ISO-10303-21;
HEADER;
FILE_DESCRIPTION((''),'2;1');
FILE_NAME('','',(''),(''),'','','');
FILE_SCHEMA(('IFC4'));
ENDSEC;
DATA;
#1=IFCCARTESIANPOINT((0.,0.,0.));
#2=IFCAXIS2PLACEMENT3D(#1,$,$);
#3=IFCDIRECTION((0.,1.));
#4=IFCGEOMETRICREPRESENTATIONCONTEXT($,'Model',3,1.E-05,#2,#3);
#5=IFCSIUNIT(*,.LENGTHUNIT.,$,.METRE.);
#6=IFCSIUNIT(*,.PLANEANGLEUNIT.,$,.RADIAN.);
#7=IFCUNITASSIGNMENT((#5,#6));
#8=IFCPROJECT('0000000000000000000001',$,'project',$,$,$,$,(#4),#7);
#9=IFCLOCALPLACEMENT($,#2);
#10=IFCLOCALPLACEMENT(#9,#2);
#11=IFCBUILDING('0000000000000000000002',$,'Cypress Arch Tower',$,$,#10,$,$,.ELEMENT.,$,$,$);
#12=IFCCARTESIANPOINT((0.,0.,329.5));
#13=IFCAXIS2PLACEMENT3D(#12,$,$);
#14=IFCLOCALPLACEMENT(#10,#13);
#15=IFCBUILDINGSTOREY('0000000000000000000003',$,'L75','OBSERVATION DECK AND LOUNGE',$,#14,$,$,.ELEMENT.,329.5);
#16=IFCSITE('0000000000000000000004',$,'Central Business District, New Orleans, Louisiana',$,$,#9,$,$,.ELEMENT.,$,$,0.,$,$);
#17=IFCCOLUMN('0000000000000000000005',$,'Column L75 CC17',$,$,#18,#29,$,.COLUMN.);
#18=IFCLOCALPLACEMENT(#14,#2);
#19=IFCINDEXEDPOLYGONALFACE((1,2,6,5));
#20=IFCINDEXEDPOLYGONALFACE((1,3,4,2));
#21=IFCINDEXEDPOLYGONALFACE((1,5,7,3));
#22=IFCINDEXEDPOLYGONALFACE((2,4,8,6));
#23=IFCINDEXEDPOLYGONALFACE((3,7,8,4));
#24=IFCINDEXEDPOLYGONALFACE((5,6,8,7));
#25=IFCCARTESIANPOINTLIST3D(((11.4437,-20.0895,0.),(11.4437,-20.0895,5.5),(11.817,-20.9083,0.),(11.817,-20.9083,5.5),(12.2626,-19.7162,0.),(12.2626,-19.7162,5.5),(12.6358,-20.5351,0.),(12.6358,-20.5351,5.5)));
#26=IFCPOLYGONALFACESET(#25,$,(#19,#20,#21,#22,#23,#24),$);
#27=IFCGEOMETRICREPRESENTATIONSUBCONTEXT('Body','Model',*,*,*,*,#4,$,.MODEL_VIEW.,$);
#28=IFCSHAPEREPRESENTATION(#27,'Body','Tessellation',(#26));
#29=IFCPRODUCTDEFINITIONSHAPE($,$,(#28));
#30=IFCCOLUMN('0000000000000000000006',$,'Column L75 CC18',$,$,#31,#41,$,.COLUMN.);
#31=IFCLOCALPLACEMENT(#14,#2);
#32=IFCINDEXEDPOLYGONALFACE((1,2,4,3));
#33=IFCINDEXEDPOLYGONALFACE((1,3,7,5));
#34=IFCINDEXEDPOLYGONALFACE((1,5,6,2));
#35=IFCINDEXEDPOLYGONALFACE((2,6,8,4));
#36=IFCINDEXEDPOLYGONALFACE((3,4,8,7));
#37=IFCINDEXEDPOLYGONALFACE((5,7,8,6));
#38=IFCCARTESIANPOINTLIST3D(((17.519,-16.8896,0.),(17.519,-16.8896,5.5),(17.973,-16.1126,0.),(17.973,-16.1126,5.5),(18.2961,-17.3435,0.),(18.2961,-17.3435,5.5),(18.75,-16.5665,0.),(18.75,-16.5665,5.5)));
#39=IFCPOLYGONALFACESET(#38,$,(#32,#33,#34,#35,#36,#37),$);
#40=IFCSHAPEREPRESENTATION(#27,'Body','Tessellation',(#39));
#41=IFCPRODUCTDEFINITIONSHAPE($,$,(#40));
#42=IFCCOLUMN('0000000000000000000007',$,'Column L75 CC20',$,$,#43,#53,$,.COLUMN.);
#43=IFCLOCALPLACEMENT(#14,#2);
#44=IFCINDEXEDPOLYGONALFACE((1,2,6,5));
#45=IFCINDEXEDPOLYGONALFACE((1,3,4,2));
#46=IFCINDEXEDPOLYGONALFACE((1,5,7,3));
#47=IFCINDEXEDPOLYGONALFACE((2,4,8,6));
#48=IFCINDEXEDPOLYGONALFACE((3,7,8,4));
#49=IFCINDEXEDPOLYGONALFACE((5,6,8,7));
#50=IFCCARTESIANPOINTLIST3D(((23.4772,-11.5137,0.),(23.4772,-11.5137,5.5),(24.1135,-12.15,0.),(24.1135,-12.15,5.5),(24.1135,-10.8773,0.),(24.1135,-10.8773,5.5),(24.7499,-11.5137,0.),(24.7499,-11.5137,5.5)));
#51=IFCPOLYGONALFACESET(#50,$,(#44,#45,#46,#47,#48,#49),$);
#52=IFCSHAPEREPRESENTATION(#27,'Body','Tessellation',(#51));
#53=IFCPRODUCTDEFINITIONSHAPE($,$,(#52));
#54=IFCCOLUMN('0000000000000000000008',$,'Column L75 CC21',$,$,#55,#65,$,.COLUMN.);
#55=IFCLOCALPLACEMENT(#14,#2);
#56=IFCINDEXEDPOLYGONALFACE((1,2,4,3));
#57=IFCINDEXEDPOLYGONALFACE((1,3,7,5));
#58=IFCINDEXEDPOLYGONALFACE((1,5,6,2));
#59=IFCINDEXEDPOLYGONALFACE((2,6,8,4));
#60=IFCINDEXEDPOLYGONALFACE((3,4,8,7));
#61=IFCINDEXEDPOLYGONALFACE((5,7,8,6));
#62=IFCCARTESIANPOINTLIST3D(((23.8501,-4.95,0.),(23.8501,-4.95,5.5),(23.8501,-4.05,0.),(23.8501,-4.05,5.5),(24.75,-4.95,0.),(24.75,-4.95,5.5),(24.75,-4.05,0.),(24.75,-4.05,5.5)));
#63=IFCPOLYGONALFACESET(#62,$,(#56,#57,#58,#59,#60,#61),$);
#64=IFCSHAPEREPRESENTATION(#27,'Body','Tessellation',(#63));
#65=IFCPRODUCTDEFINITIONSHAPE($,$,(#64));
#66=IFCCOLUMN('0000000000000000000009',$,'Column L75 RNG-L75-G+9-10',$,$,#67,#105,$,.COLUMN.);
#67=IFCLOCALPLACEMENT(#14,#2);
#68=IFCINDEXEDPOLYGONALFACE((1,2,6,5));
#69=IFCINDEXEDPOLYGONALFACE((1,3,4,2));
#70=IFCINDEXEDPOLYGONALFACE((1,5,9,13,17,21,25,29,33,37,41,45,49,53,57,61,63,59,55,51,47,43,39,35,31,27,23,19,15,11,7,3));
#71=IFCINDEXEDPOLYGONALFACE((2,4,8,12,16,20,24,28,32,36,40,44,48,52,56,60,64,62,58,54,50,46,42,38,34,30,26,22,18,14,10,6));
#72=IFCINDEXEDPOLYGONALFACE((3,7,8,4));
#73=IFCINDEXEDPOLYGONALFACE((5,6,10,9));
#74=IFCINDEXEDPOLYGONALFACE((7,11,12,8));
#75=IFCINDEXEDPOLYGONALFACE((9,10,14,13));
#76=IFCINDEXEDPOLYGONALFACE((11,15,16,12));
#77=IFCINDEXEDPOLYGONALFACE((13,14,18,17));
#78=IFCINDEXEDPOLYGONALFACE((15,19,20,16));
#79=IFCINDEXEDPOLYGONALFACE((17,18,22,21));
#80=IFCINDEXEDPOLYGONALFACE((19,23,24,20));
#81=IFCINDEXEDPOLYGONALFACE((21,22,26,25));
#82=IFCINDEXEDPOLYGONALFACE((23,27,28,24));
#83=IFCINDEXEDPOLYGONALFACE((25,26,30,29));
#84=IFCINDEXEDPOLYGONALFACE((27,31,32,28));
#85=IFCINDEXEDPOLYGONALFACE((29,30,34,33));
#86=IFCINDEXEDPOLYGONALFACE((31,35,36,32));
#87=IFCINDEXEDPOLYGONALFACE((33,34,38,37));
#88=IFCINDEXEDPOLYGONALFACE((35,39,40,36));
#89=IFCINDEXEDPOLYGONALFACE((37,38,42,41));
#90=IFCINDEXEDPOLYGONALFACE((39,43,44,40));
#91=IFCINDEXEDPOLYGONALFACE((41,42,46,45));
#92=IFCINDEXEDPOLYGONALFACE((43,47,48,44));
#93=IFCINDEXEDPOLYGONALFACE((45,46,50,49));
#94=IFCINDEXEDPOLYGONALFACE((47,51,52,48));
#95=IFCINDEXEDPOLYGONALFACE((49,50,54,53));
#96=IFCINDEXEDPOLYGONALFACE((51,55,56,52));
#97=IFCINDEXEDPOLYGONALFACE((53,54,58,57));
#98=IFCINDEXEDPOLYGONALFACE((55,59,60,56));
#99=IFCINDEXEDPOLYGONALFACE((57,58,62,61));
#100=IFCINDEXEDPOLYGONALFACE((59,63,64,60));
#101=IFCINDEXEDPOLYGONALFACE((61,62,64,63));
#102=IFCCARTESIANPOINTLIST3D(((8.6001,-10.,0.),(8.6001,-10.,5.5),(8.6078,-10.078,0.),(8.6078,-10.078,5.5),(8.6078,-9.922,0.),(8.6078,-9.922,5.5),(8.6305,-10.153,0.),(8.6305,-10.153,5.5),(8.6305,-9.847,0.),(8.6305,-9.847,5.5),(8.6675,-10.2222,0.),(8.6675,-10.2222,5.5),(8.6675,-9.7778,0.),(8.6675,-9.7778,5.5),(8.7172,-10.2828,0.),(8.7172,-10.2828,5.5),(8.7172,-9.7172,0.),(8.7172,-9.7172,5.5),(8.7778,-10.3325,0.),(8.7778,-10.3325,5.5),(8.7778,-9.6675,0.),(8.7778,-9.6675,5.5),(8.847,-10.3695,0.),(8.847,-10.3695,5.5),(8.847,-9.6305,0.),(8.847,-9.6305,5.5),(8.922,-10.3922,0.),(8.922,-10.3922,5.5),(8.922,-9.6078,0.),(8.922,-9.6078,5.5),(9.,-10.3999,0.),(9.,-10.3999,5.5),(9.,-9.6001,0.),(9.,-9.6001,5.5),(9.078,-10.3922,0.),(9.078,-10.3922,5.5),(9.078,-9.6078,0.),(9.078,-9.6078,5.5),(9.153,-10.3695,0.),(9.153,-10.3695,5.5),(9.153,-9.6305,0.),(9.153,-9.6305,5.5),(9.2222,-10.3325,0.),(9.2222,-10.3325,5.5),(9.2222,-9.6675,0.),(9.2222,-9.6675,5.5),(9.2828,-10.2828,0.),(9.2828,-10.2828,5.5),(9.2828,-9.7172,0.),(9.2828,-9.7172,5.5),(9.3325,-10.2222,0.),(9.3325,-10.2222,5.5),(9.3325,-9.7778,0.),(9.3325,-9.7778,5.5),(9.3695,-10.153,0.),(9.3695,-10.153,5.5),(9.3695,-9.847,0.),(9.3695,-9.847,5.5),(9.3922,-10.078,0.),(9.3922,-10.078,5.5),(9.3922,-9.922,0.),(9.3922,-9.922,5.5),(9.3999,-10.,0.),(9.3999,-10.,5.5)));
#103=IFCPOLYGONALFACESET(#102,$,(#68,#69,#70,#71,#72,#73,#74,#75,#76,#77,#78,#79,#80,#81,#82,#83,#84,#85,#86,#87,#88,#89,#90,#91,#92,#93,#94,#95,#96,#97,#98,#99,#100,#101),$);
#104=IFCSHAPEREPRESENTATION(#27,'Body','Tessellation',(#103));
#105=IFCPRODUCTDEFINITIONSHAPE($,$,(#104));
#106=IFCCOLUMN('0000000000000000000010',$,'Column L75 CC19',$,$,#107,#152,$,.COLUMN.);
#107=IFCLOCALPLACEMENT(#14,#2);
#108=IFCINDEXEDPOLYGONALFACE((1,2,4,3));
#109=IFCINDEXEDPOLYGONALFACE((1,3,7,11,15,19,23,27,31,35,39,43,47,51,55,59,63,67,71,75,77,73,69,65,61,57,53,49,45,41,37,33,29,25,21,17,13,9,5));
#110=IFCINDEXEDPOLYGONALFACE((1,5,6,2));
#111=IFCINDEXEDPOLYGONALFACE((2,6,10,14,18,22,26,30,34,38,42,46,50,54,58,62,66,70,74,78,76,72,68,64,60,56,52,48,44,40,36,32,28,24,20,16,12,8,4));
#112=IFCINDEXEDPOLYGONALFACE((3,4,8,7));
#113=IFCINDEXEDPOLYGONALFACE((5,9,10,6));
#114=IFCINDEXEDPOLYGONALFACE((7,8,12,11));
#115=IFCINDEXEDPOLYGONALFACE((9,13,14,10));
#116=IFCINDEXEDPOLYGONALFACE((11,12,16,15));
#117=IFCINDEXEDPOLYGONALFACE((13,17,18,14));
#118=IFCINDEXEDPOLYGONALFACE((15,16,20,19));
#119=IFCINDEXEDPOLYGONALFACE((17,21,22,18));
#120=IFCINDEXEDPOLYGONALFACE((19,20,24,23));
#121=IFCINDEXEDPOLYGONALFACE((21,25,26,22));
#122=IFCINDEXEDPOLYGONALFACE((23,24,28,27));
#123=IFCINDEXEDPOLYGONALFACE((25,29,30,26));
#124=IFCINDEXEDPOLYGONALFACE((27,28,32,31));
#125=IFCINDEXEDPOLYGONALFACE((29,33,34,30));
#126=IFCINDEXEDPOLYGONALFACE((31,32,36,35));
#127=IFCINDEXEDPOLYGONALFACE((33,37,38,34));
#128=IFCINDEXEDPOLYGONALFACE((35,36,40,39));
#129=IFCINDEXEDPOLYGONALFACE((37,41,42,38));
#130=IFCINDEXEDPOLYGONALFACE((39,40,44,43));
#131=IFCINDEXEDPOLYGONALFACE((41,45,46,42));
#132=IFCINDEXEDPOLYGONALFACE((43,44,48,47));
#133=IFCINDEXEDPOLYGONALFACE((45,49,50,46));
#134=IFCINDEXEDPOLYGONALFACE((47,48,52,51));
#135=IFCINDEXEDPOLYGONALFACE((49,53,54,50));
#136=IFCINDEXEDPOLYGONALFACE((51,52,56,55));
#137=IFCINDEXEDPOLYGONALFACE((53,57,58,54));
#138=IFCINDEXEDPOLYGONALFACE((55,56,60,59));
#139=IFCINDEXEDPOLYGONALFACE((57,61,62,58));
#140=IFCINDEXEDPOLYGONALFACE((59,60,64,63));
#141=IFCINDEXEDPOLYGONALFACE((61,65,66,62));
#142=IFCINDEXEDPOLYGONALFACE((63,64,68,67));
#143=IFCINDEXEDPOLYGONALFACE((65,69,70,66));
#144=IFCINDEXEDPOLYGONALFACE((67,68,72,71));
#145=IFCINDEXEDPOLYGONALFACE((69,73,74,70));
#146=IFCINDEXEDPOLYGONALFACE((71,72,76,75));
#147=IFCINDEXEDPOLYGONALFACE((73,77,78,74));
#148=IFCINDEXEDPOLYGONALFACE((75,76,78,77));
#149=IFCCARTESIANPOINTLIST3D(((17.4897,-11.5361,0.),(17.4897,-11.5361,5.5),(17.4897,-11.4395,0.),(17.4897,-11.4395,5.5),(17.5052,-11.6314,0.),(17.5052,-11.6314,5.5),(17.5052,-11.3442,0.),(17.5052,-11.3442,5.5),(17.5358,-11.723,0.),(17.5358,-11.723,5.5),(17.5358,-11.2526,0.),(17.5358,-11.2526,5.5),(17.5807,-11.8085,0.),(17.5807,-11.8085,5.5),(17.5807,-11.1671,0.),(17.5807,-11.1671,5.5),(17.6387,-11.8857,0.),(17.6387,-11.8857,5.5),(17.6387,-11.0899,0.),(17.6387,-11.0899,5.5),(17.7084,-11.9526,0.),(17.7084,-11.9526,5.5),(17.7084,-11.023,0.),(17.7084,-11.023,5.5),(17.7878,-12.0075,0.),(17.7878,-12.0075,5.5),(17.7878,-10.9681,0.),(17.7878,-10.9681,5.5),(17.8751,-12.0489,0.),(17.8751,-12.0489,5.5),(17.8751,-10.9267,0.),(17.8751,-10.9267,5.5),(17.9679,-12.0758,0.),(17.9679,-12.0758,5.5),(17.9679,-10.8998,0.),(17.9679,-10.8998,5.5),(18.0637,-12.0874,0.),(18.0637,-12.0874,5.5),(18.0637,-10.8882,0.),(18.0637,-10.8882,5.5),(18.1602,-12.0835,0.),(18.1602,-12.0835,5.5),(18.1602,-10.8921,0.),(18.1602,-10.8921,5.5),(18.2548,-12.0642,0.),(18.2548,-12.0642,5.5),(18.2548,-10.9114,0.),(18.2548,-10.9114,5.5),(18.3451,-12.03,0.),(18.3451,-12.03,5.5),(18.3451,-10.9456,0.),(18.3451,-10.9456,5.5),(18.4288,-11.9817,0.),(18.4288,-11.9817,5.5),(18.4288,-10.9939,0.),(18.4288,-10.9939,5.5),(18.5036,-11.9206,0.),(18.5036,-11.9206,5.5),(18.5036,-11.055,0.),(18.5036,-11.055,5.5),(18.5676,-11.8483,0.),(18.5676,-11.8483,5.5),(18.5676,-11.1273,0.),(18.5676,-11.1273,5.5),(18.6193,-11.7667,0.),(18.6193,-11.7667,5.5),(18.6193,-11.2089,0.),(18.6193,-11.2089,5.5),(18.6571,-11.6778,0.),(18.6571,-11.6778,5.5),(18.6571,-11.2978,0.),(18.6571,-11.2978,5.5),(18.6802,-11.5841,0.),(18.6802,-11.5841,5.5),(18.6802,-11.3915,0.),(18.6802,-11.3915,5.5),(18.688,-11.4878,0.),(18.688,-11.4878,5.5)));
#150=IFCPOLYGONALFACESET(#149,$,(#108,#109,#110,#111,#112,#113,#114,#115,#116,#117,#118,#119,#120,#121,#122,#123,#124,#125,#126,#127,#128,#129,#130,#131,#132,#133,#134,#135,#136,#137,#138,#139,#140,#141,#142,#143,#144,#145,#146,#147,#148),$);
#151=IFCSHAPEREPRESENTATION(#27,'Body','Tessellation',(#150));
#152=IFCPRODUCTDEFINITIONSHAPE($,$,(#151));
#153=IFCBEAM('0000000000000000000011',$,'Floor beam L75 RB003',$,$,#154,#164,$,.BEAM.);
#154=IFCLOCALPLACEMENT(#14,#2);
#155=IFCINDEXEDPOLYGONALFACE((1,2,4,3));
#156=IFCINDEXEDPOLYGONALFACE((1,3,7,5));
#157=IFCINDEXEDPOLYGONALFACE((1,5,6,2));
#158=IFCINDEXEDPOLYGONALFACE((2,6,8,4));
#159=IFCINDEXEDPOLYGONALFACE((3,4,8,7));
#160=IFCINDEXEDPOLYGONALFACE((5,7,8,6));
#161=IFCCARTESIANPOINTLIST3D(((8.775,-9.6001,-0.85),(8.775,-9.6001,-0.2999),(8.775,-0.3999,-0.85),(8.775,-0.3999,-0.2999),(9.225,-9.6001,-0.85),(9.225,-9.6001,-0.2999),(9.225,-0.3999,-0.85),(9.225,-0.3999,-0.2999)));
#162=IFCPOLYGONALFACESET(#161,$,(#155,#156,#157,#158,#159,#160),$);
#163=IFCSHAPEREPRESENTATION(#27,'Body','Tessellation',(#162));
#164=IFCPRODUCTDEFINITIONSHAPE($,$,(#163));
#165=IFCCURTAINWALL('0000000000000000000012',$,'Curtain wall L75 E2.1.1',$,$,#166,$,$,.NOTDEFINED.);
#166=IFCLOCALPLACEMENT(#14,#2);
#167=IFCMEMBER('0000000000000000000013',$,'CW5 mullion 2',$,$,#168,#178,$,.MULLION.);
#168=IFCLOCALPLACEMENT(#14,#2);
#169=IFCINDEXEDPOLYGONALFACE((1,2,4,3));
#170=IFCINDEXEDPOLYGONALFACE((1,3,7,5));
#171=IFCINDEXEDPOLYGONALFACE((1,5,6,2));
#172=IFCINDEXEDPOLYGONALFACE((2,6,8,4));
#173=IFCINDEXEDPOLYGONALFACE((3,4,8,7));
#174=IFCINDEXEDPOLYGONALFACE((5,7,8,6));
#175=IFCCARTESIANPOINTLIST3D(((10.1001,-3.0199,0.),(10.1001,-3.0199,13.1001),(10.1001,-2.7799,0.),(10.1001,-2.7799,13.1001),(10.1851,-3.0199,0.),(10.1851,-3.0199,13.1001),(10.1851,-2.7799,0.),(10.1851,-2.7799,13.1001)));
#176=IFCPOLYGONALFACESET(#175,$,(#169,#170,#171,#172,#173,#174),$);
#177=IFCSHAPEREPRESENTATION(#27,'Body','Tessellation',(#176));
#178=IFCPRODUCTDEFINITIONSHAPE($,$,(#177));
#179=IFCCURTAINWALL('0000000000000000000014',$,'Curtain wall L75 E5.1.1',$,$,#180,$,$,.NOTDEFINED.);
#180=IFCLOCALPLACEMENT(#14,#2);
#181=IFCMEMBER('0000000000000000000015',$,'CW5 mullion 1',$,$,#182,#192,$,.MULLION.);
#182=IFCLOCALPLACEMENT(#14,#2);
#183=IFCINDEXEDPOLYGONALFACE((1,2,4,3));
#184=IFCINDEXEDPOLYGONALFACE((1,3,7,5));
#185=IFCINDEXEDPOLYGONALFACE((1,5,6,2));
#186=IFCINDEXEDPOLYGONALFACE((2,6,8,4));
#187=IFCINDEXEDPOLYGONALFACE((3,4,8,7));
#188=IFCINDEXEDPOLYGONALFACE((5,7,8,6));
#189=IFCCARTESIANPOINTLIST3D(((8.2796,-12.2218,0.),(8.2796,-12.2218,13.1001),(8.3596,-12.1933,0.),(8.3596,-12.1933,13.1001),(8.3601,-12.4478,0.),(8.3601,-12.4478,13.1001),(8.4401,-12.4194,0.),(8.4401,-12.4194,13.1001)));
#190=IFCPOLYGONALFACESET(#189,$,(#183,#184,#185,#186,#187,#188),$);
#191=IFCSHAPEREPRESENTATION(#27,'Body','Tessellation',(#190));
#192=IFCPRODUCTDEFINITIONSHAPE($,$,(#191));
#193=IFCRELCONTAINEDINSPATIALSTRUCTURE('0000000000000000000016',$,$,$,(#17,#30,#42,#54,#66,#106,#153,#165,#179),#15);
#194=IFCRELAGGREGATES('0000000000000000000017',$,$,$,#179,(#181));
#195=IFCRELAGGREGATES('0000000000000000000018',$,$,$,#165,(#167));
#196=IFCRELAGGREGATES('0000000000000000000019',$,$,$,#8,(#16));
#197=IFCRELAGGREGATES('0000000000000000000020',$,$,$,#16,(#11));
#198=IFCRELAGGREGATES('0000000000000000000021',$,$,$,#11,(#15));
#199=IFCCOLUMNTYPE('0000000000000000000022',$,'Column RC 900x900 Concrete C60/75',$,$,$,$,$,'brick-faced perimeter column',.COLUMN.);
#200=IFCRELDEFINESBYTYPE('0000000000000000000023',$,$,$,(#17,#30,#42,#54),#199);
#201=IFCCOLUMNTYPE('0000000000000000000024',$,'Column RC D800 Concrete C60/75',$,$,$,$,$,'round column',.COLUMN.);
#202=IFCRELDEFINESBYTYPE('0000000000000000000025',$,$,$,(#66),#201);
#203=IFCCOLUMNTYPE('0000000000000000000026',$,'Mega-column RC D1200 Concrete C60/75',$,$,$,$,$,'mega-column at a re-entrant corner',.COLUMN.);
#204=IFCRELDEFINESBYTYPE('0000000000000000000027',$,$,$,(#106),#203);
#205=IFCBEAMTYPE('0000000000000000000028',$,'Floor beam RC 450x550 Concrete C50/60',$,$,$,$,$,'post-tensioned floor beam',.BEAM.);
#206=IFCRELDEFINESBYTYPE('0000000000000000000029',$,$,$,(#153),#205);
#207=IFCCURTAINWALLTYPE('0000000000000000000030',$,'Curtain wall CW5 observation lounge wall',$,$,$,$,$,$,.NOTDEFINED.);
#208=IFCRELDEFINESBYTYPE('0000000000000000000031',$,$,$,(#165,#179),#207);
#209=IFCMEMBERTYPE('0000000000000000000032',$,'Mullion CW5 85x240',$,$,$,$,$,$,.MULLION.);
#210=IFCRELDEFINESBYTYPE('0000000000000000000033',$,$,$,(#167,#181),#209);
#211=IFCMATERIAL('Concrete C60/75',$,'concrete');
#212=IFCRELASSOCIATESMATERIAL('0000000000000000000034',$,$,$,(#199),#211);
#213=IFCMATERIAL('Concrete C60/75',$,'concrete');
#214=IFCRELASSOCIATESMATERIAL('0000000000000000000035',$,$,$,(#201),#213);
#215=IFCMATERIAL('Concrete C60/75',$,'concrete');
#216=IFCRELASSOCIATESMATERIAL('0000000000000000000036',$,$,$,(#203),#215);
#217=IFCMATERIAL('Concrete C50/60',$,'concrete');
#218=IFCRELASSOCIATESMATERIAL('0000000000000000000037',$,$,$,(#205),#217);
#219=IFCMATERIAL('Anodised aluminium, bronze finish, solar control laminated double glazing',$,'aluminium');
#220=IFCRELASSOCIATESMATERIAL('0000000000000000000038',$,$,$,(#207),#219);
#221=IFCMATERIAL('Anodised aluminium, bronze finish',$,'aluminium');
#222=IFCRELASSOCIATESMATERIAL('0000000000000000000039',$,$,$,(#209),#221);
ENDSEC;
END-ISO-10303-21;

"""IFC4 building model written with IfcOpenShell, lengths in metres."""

from ifc_helpers import new_model, si_unit, direction, frame, origin, origin_2d, place, context, subcontext, project, spatial, rectangle, circle, extrude, material, material_profile, profile_set, type_object, element, aggregate, save


model = new_model("IFC4")

# Units and contexts
model_context = context("Model", 3, precision=1e-05, world=origin(), true_north=direction((0.0, 1.0)))
body_context = subcontext(model_context, "Body", "Model", "MODEL_VIEW")
ifc_project = project(units=[si_unit("LENGTHUNIT", "METRE"), si_unit("PLANEANGLEUNIT", "RADIAN")], contexts=[model_context])

# Site, building, storey
site_placement = place(None, origin())
site = spatial("IfcSite", under=ifc_project, at=site_placement, Name="Central Business District, New Orleans, Louisiana", CompositionType="ELEMENT", RefElevation=0.0)
building_placement = place(site_placement, origin())
building = spatial("IfcBuilding", under=site, at=building_placement, Name="Cypress Arch Tower", CompositionType="ELEMENT")
storey_placement = place(building_placement, frame((0.0, 0.0, 329.5)))
storey = spatial("IfcBuildingStorey", under=building, at=storey_placement, Name="L75", Description="OBSERVATION DECK AND LOUNGE", CompositionType="ELEMENT", Elevation=329.5)

# Columns
ifc_material_1 = material(Name="Concrete C60/75", Category="concrete")
ifc_material_profile_1 = material_profile(ifc_material_1, rectangle(XDim=0.8999, YDim=0.8999, at=origin_2d()), Name="RC 900x900")
ifc_profile_set_1 = profile_set([ifc_material_profile_1], Name="Concrete C60/75")
column_type_1 = type_object("IfcColumnType", Name="Column RC 900x900 Concrete C60/75", ElementType="brick-faced perimeter column", PredefinedType="COLUMN", material=ifc_profile_set_1)
for number, where, z_axis, x_axis, name in (
    (1, (12.0398, -20.3123, 0.0), (0.0, 0.0, 1.0), (0.909932, 0.414757, 0.0), "Column L75 CC17"),
    (2, (18.1345, -16.728, 0.0), (0.0, 0.0, 1.0), (0.504399, 0.863471, 0.0), "Column L75 CC18"),
    (3, (24.1135, -11.5137, 0.0), (0.0, 0.0, 1.0), (0.707107, 0.707107, 0.0), "Column L75 CC20"),
    (4, (24.3, -4.5, 0.0), (0.0, 0.0, 1.0), (0.0, 1.0, 0.0), "Column L75 CC21"),
):
    element("IfcColumn", number, at=place(storey_placement, frame(where, z_axis=z_axis, x_axis=x_axis)), inside=storey, type_object=column_type_1, Name=name, PredefinedType="COLUMN", context=body_context, shape_type="SweptSolid", body=[
        extrude(rectangle(XDim=0.8999, YDim=0.8999, at=origin_2d()), origin(), (0.0, 0.0, 1.0), 5.5),
    ])
ifc_material_2 = material(Name="Concrete C60/75", Category="concrete")
ifc_material_profile_2 = material_profile(ifc_material_2, circle(Radius=0.3999, at=origin_2d()), Name="RC D800")
ifc_profile_set_2 = profile_set([ifc_material_profile_2], Name="Concrete C60/75")
column_type_2 = type_object("IfcColumnType", Name="Column RC D800 Concrete C60/75", ElementType="round column", PredefinedType="COLUMN", material=ifc_profile_set_2)
column_1_placement = place(storey_placement, frame((9.0, -10.0, 0.0), z_axis=(0.0, 0.0, 1.0), x_axis=(1.0, 0.0, 0.0)))
element("IfcColumn", 5, at=column_1_placement, inside=storey, type_object=column_type_2, Name="Column L75 RNG-L75-G+9-10", PredefinedType="COLUMN", context=body_context, shape_type="SweptSolid", body=[
    extrude(circle(Radius=0.3999, at=origin_2d()), origin(), (0.0, 0.0, 1.0), 5.5),
])
ifc_material_3 = material(Name="Concrete C60/75", Category="concrete")
ifc_material_profile_3 = material_profile(ifc_material_3, circle(Radius=0.6001, at=origin_2d()), Name="RC D1200")
ifc_profile_set_3 = profile_set([ifc_material_profile_3], Name="Concrete C60/75")
column_type_3 = type_object("IfcColumnType", Name="Mega-column RC D1200 Concrete C60/75", ElementType="mega-column at a re-entrant corner", PredefinedType="COLUMN", material=ifc_profile_set_3)
column_2_placement = place(storey_placement, frame((18.0879, -11.4878, 0.0), z_axis=(0.0, 0.0, 1.0), x_axis=(1.0, 0.0, 0.0)))
element("IfcColumn", 6, at=column_2_placement, inside=storey, type_object=column_type_3, Name="Column L75 CC19", PredefinedType="COLUMN", context=body_context, shape_type="SweptSolid", body=[
    extrude(circle(Radius=0.6001, at=origin_2d()), origin(), (0.0, 0.0, 1.0), 5.5),
])

# Beam
ifc_material_4 = material(Name="Concrete C50/60", Category="concrete")
ifc_material_profile_4 = material_profile(ifc_material_4, rectangle(XDim=0.45, YDim=0.55, at=origin_2d()), Name="RC 450x550")
ifc_profile_set_4 = profile_set([ifc_material_profile_4], Name="Concrete C50/60")
beam_type_1 = type_object("IfcBeamType", Name="Floor beam RC 450x550 Concrete C50/60", ElementType="post-tensioned floor beam", PredefinedType="BEAM", material=ifc_profile_set_4)
beam_1_placement = place(storey_placement, frame((9.0, -9.6001, -0.575), z_axis=(0.0, 1.0, 0.0), x_axis=(-1.0, 0.0, 0.0)))
element("IfcBeam", 7, at=beam_1_placement, inside=storey, type_object=beam_type_1, Name="Floor beam L75 RB003", PredefinedType="BEAM", context=body_context, shape_type="SweptSolid", body=[
    extrude(rectangle(XDim=0.45, YDim=0.55, at=origin_2d()), origin(), (0.0, 0.0, 1.0), 9.2002),
])

# Curtain walls, members
ifc_material_5 = material(Name="Anodised aluminium, bronze finish, solar control laminated double glazing", Category="aluminium")
curtain_wall_type = type_object("IfcCurtainWallType", Name="Curtain wall CW5 observation lounge wall", PredefinedType="NOTDEFINED", material=ifc_material_5)
curtain_wall_1_placement = place(storey_placement, origin())
curtain_wall_1 = element("IfcCurtainWall", 8, at=curtain_wall_1_placement, inside=storey, type_object=curtain_wall_type, Name="Curtain wall L75 E2.1.1", PredefinedType="NOTDEFINED")
ifc_material_6 = material(Name="Anodised aluminium, bronze finish", Category="aluminium")
ifc_material_profile_5 = material_profile(ifc_material_6, rectangle(XDim=0.24, YDim=0.085, at=origin_2d()), Name="Mullion 85x240")
ifc_profile_set_5 = profile_set([ifc_material_profile_5], Name="Anodised aluminium, bronze finish")
member_type_1 = type_object("IfcMemberType", Name="Mullion CW5 85x240", PredefinedType="MULLION", material=ifc_profile_set_5)
member_1_placement = place(storey_placement, frame((10.1426, -2.8999, 0.0), z_axis=(0.0, 0.0, 1.0), x_axis=(0.0, -1.0, 0.0)))
member_1 = element("IfcMember", 9, at=member_1_placement, type_object=member_type_1, Name="CW5 mullion 2", PredefinedType="MULLION", context=body_context, shape_type="SweptSolid", body=[
    extrude(rectangle(XDim=0.24, YDim=0.085, at=origin_2d()), origin(), (0.0, 0.0, 1.0), 13.1001),
])
curtain_wall_2_placement = place(storey_placement, origin())
curtain_wall_2 = element("IfcCurtainWall", 10, at=curtain_wall_2_placement, inside=storey, type_object=curtain_wall_type, Name="Curtain wall L75 E5.1.1", PredefinedType="NOTDEFINED")
member_2_placement = place(storey_placement, frame((8.3599, -12.3206, 0.0), z_axis=(0.0, 0.0, 1.0), x_axis=(0.335304, -0.94211, 0.0)))
member_2 = element("IfcMember", 11, at=member_2_placement, type_object=member_type_1, Name="CW5 mullion 1", PredefinedType="MULLION", context=body_context, shape_type="SweptSolid", body=[
    extrude(rectangle(XDim=0.24, YDim=0.085, at=origin_2d()), origin(), (0.0, 0.0, 1.0), 13.1001),
])
aggregate(curtain_wall_2, [member_2])

aggregate(curtain_wall_1, [member_1])

save(model, "model.ifc")
